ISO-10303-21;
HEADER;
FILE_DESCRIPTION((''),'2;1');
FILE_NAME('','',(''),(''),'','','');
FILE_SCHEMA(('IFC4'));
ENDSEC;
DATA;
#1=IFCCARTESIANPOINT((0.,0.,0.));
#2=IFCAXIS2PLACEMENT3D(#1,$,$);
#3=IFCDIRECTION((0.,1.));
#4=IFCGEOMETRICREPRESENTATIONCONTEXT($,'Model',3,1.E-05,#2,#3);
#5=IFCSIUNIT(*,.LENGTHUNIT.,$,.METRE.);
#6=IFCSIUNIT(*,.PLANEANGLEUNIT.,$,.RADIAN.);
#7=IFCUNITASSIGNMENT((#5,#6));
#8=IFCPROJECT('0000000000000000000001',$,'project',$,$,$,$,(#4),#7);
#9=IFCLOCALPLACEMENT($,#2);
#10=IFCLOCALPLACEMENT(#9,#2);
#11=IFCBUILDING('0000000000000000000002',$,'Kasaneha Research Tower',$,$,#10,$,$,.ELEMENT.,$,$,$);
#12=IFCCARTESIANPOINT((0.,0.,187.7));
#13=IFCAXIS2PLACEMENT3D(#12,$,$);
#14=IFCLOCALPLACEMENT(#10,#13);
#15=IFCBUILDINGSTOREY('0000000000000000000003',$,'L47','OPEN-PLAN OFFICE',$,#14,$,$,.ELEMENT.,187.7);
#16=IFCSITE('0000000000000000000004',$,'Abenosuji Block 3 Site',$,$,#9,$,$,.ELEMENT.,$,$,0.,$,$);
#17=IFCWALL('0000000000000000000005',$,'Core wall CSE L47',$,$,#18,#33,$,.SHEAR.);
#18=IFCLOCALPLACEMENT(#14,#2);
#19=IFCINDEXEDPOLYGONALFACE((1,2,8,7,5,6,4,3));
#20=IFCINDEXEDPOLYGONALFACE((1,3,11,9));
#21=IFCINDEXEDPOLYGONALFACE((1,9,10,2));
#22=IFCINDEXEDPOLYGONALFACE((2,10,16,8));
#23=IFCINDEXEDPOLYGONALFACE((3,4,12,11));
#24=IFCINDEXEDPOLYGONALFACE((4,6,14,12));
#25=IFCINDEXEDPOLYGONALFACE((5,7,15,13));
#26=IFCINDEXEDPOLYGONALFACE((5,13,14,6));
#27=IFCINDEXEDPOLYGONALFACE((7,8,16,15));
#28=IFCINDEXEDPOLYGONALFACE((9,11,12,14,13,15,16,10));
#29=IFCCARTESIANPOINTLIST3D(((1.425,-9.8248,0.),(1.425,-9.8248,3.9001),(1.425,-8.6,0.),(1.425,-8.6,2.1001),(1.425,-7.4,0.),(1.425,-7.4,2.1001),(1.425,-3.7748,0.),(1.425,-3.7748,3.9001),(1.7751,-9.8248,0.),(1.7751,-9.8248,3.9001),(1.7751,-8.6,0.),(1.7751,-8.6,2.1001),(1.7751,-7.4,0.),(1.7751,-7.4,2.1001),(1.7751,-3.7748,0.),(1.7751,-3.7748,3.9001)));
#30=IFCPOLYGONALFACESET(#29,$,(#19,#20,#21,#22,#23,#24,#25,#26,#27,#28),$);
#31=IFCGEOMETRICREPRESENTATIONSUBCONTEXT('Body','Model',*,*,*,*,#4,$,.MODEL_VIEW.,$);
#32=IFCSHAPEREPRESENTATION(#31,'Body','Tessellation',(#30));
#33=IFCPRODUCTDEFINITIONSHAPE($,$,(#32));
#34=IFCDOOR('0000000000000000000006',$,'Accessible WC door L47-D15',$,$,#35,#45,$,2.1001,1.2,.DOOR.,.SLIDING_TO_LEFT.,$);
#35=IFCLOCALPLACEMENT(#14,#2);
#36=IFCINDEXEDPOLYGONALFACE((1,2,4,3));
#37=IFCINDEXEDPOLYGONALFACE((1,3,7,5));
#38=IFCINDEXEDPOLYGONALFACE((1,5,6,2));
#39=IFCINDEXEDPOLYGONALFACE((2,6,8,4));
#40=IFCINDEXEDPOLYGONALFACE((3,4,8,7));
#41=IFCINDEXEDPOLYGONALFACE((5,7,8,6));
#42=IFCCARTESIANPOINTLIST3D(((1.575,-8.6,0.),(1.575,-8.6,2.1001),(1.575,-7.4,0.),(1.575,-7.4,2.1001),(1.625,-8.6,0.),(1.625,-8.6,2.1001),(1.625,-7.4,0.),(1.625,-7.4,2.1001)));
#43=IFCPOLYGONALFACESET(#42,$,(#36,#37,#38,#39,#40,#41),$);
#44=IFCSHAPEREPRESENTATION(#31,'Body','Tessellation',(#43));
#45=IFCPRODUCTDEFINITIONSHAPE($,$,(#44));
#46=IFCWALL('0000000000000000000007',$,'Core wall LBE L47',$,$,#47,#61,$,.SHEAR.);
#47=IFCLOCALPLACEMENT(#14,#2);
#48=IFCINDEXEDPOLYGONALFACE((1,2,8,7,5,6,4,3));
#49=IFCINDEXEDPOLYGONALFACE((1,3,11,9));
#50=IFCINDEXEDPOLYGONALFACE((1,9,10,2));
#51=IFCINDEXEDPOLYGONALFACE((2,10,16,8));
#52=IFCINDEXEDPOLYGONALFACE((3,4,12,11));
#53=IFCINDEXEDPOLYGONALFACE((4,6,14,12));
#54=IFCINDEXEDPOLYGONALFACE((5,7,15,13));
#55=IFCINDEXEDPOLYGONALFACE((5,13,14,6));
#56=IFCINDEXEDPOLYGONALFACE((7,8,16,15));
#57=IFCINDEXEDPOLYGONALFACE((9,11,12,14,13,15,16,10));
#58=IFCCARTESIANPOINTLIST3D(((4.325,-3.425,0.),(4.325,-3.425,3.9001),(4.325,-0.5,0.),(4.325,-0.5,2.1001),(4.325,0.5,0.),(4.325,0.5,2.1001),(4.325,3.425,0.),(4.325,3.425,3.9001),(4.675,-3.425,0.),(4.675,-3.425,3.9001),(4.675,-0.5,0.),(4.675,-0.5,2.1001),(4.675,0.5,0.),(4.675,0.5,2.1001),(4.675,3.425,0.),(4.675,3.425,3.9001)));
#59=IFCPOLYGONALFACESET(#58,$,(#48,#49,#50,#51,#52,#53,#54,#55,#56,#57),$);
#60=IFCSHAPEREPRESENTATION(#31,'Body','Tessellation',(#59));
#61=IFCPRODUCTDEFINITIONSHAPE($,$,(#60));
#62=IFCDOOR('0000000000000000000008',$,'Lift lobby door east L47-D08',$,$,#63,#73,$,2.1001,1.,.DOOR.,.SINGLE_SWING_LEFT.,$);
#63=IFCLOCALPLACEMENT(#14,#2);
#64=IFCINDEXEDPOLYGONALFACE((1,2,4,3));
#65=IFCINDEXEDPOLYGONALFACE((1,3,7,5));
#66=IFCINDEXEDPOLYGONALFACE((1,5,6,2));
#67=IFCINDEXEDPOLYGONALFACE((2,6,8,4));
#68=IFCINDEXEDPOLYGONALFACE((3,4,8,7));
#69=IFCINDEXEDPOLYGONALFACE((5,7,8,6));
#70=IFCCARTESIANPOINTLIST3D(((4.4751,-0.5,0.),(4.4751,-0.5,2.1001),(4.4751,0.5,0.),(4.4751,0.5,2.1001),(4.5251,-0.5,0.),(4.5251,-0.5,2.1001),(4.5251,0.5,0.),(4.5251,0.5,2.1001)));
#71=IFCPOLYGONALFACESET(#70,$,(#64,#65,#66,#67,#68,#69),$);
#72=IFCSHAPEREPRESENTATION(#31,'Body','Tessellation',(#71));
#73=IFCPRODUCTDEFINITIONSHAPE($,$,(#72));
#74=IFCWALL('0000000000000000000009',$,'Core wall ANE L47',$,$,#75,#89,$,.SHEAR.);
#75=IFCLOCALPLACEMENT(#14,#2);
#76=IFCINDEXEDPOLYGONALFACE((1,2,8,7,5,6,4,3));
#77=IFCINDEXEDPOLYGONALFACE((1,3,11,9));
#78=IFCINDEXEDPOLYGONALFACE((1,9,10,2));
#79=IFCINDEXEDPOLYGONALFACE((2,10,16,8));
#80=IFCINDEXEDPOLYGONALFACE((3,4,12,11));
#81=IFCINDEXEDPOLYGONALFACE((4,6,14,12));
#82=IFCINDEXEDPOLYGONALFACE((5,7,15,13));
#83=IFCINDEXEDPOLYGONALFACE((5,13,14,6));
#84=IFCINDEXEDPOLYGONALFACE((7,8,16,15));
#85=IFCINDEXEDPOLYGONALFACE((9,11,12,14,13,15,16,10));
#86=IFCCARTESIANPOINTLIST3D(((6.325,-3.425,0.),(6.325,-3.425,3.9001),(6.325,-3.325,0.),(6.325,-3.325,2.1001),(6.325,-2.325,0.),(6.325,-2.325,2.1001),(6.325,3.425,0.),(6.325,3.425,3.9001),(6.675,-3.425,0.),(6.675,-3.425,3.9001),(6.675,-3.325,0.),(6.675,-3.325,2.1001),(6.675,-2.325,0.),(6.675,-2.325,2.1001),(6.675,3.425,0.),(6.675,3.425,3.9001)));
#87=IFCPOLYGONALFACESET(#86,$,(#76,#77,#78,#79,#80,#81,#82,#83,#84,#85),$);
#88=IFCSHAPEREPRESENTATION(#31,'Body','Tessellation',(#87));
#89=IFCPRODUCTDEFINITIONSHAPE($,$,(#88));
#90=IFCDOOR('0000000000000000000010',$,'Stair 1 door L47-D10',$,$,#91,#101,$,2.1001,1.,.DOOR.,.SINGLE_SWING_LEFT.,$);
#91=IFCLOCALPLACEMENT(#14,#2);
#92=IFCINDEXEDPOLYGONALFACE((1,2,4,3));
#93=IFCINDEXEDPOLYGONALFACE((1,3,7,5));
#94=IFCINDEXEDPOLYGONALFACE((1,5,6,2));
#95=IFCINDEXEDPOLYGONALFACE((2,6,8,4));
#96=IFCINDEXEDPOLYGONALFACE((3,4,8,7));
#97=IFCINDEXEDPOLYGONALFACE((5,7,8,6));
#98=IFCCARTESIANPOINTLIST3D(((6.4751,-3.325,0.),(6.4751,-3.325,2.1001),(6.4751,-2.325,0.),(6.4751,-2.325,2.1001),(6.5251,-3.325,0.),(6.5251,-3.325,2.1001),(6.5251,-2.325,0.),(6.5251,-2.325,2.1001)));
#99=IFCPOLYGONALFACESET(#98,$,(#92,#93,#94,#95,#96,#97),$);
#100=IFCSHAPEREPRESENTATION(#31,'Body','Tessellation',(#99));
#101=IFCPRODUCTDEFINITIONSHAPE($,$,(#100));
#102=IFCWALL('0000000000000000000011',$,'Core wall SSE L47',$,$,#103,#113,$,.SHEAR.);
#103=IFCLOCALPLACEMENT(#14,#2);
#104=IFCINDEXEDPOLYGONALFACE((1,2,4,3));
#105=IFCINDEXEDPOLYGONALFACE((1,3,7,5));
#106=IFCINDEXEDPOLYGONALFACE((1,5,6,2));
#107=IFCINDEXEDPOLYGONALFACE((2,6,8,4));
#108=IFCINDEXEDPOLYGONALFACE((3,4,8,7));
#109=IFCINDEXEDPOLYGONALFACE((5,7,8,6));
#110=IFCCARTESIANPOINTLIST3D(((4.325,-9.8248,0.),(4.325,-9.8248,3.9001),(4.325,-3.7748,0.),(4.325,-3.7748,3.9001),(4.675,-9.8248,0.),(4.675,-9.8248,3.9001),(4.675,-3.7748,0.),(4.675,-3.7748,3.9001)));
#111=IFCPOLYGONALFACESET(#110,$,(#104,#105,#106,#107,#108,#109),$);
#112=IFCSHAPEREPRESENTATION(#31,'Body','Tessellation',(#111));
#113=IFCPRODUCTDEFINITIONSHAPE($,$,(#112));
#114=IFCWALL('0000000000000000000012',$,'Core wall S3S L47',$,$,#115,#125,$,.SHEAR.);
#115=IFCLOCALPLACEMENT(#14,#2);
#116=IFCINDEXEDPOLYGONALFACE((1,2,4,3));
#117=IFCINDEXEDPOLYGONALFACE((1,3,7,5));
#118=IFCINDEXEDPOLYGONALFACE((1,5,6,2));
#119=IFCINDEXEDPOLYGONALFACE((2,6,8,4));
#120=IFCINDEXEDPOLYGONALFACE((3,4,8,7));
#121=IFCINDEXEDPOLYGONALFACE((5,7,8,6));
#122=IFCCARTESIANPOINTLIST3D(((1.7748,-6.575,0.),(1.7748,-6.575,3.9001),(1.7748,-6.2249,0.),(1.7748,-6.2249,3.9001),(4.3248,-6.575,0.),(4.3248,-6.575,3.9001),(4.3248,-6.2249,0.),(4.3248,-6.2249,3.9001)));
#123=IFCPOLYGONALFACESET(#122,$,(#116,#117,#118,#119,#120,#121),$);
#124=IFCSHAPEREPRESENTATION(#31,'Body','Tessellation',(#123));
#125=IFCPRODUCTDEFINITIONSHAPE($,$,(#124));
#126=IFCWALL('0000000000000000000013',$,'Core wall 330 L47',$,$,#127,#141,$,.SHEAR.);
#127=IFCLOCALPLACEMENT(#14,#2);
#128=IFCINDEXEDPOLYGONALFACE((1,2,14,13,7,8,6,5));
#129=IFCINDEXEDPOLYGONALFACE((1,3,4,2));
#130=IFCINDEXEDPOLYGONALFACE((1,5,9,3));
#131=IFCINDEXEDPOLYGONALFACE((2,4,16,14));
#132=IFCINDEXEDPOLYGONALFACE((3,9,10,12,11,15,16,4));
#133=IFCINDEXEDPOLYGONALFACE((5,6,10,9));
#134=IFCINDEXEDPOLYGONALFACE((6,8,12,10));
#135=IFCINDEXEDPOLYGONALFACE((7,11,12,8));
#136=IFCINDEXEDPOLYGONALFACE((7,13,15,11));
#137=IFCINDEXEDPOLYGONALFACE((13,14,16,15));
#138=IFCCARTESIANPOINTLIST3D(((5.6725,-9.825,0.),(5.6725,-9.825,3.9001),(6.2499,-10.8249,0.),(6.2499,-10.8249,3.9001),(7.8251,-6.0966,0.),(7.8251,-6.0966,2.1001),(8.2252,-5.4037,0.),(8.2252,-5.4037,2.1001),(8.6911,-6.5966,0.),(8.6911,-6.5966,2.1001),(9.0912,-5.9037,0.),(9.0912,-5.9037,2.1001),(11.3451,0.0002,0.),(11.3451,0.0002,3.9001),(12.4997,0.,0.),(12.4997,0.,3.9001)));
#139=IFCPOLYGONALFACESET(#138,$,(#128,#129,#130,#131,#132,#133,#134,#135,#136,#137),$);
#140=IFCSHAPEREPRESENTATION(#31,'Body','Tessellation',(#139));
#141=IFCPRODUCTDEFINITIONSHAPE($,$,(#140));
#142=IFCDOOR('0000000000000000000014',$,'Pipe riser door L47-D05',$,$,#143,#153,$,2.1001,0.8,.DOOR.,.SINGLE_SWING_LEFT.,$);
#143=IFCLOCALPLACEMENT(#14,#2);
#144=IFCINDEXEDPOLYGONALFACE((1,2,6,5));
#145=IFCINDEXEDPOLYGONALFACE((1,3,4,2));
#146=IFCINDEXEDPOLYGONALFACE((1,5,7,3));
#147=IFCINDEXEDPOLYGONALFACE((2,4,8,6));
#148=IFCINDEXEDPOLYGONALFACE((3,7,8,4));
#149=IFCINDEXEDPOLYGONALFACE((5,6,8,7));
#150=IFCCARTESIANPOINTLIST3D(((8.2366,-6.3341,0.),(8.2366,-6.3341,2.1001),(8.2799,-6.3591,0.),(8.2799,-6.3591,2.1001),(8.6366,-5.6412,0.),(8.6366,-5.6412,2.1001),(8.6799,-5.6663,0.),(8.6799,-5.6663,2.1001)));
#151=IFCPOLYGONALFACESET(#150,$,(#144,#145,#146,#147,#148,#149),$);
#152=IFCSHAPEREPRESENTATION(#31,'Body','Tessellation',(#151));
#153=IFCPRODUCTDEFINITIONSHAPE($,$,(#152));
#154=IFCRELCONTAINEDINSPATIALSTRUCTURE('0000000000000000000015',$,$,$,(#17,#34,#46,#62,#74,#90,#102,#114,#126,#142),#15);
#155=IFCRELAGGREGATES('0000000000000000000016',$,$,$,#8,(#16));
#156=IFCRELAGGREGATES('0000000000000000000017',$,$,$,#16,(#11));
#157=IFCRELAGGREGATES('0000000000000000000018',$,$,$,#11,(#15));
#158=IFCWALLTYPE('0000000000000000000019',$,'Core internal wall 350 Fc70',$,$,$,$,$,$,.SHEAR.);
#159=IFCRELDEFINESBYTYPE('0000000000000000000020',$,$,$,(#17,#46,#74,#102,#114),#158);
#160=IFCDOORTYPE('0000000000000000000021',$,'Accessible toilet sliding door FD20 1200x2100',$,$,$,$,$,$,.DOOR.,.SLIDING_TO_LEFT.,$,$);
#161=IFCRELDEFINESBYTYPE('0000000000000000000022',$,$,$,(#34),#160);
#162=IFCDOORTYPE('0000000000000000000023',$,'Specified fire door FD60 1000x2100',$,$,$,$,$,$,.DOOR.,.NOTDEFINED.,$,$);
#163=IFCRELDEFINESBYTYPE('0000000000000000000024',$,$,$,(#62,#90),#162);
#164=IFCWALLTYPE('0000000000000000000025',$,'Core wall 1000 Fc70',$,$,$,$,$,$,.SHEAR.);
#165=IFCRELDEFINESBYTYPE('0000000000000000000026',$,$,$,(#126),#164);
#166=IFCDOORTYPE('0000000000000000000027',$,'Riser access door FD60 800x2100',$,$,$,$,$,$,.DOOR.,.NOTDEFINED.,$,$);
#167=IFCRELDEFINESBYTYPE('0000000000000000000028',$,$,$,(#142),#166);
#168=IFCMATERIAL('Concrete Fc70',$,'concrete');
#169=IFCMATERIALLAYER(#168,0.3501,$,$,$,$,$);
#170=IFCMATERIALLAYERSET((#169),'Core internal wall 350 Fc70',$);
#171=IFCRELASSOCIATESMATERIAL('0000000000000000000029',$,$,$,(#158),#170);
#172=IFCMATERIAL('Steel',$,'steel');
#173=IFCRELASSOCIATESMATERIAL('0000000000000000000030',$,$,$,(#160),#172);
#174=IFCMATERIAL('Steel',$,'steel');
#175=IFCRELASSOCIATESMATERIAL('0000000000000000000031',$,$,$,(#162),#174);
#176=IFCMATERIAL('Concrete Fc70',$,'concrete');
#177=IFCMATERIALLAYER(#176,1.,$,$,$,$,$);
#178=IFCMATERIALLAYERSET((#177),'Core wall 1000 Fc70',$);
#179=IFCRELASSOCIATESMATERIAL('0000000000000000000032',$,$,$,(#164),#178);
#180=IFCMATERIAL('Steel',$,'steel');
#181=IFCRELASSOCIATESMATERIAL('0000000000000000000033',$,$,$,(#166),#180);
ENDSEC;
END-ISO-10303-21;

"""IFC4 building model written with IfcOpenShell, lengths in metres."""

from ifc_helpers import new_model, si_unit, direction, frame, frame_2d, origin, place, context, subcontext, project, spatial, polyline, rectangle, outline, extrude, material, layer, layer_set, type_object, element, fill, save


model = new_model("IFC4")

# Units and contexts
model_context = context("Model", 3, precision=1e-05, world=origin(), true_north=direction((0.0, 1.0)))
body_context = subcontext(model_context, "Body", "Model", "MODEL_VIEW")
ifc_project = project(units=[si_unit("LENGTHUNIT", "METRE"), si_unit("PLANEANGLEUNIT", "RADIAN")], contexts=[model_context])

# Site, building, storey
site_placement = place(None, origin())
site = spatial("IfcSite", under=ifc_project, at=site_placement, Name="Abenosuji Block 3 Site", CompositionType="ELEMENT", RefElevation=0.0)
building_placement = place(site_placement, origin())
building = spatial("IfcBuilding", under=site, at=building_placement, Name="Kasaneha Research Tower", CompositionType="ELEMENT")
storey_placement = place(building_placement, frame((0.0, 0.0, 187.7)))
storey = spatial("IfcBuildingStorey", under=building, at=storey_placement, Name="L47", Description="OPEN-PLAN OFFICE", CompositionType="ELEMENT", Elevation=187.7)

# Walls, openings, doors
ifc_material_1 = material(Name="Concrete Fc70", Category="concrete")
ifc_layer_1 = layer(ifc_material_1, 0.3501)
ifc_layer_set_1 = layer_set([ifc_layer_1], Name="Core internal wall 350 Fc70")
wall_type_1 = type_object("IfcWallType", Name="Core internal wall 350 Fc70", PredefinedType="SHEAR", material=ifc_layer_set_1)
wall_1_placement = place(storey_placement, frame((1.6001, -3.7749, 0.0), z_axis=(0.0, 0.0, 1.0), x_axis=(0.0, -1.0, 0.0)))
wall_1 = element("IfcWall", 1, at=wall_1_placement, inside=storey, type_object=wall_type_1, Name="Core wall CSE L47", PredefinedType="SHEAR", context=body_context, shape_type="SweptSolid", body=[
    extrude(rectangle(XDim=6.05, YDim=0.3501, at=frame_2d((3.0249, 0.0))), origin(), (0.0, 0.0, 1.0), 3.9001),
])
opening_1_placement = place(wall_1_placement, frame((3.625, 0.0, 0.0)))
opening_1 = element("IfcOpeningElement", 2, at=opening_1_placement, cuts=wall_1, PredefinedType="OPENING", context=body_context, shape_type="SweptSolid", body=[
    extrude(rectangle(XDim=1.2, YDim=2.1001, at=frame_2d((0.6001, 1.05))), frame((0.0, 0.1851, 0.0), z_axis=(0.0, -1.0, 0.0), x_axis=(1.0, 0.0, 0.0)), (0.0, 0.0, 1.0), 0.3701),
])
ifc_material_2 = material(Name="Steel", Category="steel")
door_type_1 = type_object("IfcDoorType", Name="Accessible toilet sliding door FD20 1200x2100", OperationType="SLIDING_TO_LEFT", PredefinedType="DOOR", material=ifc_material_2)
door_1_placement = place(opening_1_placement, origin())
door_1 = element("IfcDoor", 3, at=door_1_placement, inside=storey, type_object=door_type_1, Name="Accessible WC door L47-D15", OperationType="SLIDING_TO_LEFT", OverallHeight=2.1001, OverallWidth=1.2, PredefinedType="DOOR", context=body_context, shape_type="SweptSolid", body=[
    extrude(rectangle(XDim=1.2, YDim=2.1001, at=frame_2d((0.6001, 1.05))), frame((0.0, 0.0249, 0.0), z_axis=(0.0, -1.0, 0.0), x_axis=(1.0, 0.0, 0.0)), (0.0, 0.0, 1.0), 0.05),
])
fill(opening_1, door_1)
wall_2_placement = place(storey_placement, frame((4.5, -3.425, 0.0), z_axis=(0.0, 0.0, 1.0), x_axis=(0.0, 1.0, 0.0)))
wall_2 = element("IfcWall", 4, at=wall_2_placement, inside=storey, type_object=wall_type_1, Name="Core wall LBE L47", PredefinedType="SHEAR", context=body_context, shape_type="SweptSolid", body=[
    extrude(rectangle(XDim=6.8501, YDim=0.3501, at=frame_2d((3.425, 0.0))), origin(), (0.0, 0.0, 1.0), 3.9001),
])
opening_2_placement = place(wall_2_placement, frame((2.925, 0.0, 0.0)))
opening_2 = element("IfcOpeningElement", 5, at=opening_2_placement, cuts=wall_2, PredefinedType="OPENING", context=body_context, shape_type="SweptSolid", body=[
    extrude(rectangle(XDim=1.0, YDim=2.1001, at=frame_2d((0.5, 1.05))), frame((0.0, 0.1851, 0.0), z_axis=(0.0, -1.0, 0.0), x_axis=(1.0, 0.0, 0.0)), (0.0, 0.0, 1.0), 0.3701),
])
ifc_material_3 = material(Name="Steel", Category="steel")
door_type_2 = type_object("IfcDoorType", Name="Specified fire door FD60 1000x2100", OperationType="NOTDEFINED", PredefinedType="DOOR", material=ifc_material_3)
door_2_placement = place(opening_2_placement, origin())
door_2 = element("IfcDoor", 6, at=door_2_placement, inside=storey, type_object=door_type_2, Name="Lift lobby door east L47-D08", OperationType="SINGLE_SWING_LEFT", OverallHeight=2.1001, OverallWidth=1.0, PredefinedType="DOOR", context=body_context, shape_type="SweptSolid", body=[
    extrude(rectangle(XDim=1.0, YDim=2.1001, at=frame_2d((0.5, 1.05))), frame((0.0, 0.0249, 0.0), z_axis=(0.0, -1.0, 0.0), x_axis=(1.0, 0.0, 0.0)), (0.0, 0.0, 1.0), 0.05),
])
fill(opening_2, door_2)
wall_3_placement = place(storey_placement, frame((6.5, -3.425, 0.0), z_axis=(0.0, 0.0, 1.0), x_axis=(0.0, 1.0, 0.0)))
wall_3 = element("IfcWall", 7, at=wall_3_placement, inside=storey, type_object=wall_type_1, Name="Core wall ANE L47", PredefinedType="SHEAR", context=body_context, shape_type="SweptSolid", body=[
    extrude(rectangle(XDim=6.8501, YDim=0.3501, at=frame_2d((3.425, 0.0))), origin(), (0.0, 0.0, 1.0), 3.9001),
])
opening_3_placement = place(wall_3_placement, frame((0.1001, 0.0, 0.0)))
opening_3 = element("IfcOpeningElement", 8, at=opening_3_placement, cuts=wall_3, PredefinedType="OPENING", context=body_context, shape_type="SweptSolid", body=[
    extrude(rectangle(XDim=1.0, YDim=2.1001, at=frame_2d((0.5, 1.05))), frame((0.0, 0.1851, 0.0), z_axis=(0.0, -1.0, 0.0), x_axis=(1.0, 0.0, 0.0)), (0.0, 0.0, 1.0), 0.3701),
])
door_3_placement = place(opening_3_placement, origin())
door_3 = element("IfcDoor", 9, at=door_3_placement, inside=storey, type_object=door_type_2, Name="Stair 1 door L47-D10", OperationType="SINGLE_SWING_LEFT", OverallHeight=2.1001, OverallWidth=1.0, PredefinedType="DOOR", context=body_context, shape_type="SweptSolid", body=[
    extrude(rectangle(XDim=1.0, YDim=2.1001, at=frame_2d((0.5, 1.05))), frame((0.0, 0.0249, 0.0), z_axis=(0.0, -1.0, 0.0), x_axis=(1.0, 0.0, 0.0)), (0.0, 0.0, 1.0), 0.05),
])
fill(opening_3, door_3)

# Walls
wall_4_placement = place(storey_placement, frame((4.5, -3.7749, 0.0), z_axis=(0.0, 0.0, 1.0), x_axis=(0.0, -1.0, 0.0)))
element("IfcWall", 10, at=wall_4_placement, inside=storey, type_object=wall_type_1, Name="Core wall SSE L47", PredefinedType="SHEAR", context=body_context, shape_type="SweptSolid", body=[
    extrude(rectangle(XDim=6.05, YDim=0.3501, at=frame_2d((3.0249, 0.0))), origin(), (0.0, 0.0, 1.0), 3.9001),
])
wall_5_placement = place(storey_placement, frame((1.7749, -6.3999, 0.0), z_axis=(0.0, 0.0, 1.0), x_axis=(1.0, 0.0, 0.0)))
element("IfcWall", 11, at=wall_5_placement, inside=storey, type_object=wall_type_1, Name="Core wall S3S L47", PredefinedType="SHEAR", context=body_context, shape_type="SweptSolid", body=[
    extrude(rectangle(XDim=2.55, YDim=0.3501, at=frame_2d((1.2749, 0.0))), origin(), (0.0, 0.0, 1.0), 3.9001),
])

# Wall, opening, door
ifc_material_4 = material(Name="Concrete Fc70", Category="concrete")
ifc_layer_2 = layer(ifc_material_4, 1.0)
ifc_layer_set_2 = layer_set([ifc_layer_2], Name="Core wall 1000 Fc70")
wall_type_2 = type_object("IfcWallType", Name="Core wall 1000 Fc70", PredefinedType="SHEAR", material=ifc_layer_set_2)
wall_6_placement = place(storey_placement, frame((5.9612, -10.325, 0.0), z_axis=(0.0, 0.0, 1.0), x_axis=(0.500004, 0.866023, 0.0)))
wall_6 = element("IfcWall", 12, at=wall_6_placement, inside=storey, type_object=wall_type_2, Name="Core wall 330 L47", PredefinedType="SHEAR", context=body_context, shape_type="SweptSolid", body=[
    extrude(outline(polyline([(-0.2886, -0.5), (4.594, -0.5), (5.394, -0.5), (12.2109, -0.5), (11.6338, 0.5), (5.394, 0.5), (4.594, 0.5), (0.2886, 0.5), (-0.2886, -0.5)])), origin(), (0.0, 0.0, 1.0), 3.9001),
])
opening_4_placement = place(wall_6_placement, frame((4.594, 0.0, 0.0)))
opening_4 = element("IfcOpeningElement", 13, at=opening_4_placement, cuts=wall_6, PredefinedType="OPENING", context=body_context, shape_type="SweptSolid", body=[
    extrude(rectangle(XDim=0.8, YDim=2.1001, at=frame_2d((0.3999, 1.05))), frame((0.0, 0.51, 0.0), z_axis=(0.0, -1.0, 0.0), x_axis=(1.0, 0.0, 0.0)), (0.0, 0.0, 1.0), 1.02),
])
ifc_material_5 = material(Name="Steel", Category="steel")
door_type_3 = type_object("IfcDoorType", Name="Riser access door FD60 800x2100", OperationType="NOTDEFINED", PredefinedType="DOOR", material=ifc_material_5)
door_4_placement = place(opening_4_placement, origin())
door_4 = element("IfcDoor", 14, at=door_4_placement, inside=storey, type_object=door_type_3, Name="Pipe riser door L47-D05", OperationType="SINGLE_SWING_LEFT", OverallHeight=2.1001, OverallWidth=0.8, PredefinedType="DOOR", context=body_context, shape_type="SweptSolid", body=[
    extrude(rectangle(XDim=0.8, YDim=2.1001, at=frame_2d((0.3999, 1.05))), frame((0.0, 0.0249, 0.0), z_axis=(0.0, -1.0, 0.0), x_axis=(1.0, 0.0, 0.0)), (0.0, 0.0, 1.0), 0.05),
])
fill(opening_4, door_4)

save(model, "model.ifc")
